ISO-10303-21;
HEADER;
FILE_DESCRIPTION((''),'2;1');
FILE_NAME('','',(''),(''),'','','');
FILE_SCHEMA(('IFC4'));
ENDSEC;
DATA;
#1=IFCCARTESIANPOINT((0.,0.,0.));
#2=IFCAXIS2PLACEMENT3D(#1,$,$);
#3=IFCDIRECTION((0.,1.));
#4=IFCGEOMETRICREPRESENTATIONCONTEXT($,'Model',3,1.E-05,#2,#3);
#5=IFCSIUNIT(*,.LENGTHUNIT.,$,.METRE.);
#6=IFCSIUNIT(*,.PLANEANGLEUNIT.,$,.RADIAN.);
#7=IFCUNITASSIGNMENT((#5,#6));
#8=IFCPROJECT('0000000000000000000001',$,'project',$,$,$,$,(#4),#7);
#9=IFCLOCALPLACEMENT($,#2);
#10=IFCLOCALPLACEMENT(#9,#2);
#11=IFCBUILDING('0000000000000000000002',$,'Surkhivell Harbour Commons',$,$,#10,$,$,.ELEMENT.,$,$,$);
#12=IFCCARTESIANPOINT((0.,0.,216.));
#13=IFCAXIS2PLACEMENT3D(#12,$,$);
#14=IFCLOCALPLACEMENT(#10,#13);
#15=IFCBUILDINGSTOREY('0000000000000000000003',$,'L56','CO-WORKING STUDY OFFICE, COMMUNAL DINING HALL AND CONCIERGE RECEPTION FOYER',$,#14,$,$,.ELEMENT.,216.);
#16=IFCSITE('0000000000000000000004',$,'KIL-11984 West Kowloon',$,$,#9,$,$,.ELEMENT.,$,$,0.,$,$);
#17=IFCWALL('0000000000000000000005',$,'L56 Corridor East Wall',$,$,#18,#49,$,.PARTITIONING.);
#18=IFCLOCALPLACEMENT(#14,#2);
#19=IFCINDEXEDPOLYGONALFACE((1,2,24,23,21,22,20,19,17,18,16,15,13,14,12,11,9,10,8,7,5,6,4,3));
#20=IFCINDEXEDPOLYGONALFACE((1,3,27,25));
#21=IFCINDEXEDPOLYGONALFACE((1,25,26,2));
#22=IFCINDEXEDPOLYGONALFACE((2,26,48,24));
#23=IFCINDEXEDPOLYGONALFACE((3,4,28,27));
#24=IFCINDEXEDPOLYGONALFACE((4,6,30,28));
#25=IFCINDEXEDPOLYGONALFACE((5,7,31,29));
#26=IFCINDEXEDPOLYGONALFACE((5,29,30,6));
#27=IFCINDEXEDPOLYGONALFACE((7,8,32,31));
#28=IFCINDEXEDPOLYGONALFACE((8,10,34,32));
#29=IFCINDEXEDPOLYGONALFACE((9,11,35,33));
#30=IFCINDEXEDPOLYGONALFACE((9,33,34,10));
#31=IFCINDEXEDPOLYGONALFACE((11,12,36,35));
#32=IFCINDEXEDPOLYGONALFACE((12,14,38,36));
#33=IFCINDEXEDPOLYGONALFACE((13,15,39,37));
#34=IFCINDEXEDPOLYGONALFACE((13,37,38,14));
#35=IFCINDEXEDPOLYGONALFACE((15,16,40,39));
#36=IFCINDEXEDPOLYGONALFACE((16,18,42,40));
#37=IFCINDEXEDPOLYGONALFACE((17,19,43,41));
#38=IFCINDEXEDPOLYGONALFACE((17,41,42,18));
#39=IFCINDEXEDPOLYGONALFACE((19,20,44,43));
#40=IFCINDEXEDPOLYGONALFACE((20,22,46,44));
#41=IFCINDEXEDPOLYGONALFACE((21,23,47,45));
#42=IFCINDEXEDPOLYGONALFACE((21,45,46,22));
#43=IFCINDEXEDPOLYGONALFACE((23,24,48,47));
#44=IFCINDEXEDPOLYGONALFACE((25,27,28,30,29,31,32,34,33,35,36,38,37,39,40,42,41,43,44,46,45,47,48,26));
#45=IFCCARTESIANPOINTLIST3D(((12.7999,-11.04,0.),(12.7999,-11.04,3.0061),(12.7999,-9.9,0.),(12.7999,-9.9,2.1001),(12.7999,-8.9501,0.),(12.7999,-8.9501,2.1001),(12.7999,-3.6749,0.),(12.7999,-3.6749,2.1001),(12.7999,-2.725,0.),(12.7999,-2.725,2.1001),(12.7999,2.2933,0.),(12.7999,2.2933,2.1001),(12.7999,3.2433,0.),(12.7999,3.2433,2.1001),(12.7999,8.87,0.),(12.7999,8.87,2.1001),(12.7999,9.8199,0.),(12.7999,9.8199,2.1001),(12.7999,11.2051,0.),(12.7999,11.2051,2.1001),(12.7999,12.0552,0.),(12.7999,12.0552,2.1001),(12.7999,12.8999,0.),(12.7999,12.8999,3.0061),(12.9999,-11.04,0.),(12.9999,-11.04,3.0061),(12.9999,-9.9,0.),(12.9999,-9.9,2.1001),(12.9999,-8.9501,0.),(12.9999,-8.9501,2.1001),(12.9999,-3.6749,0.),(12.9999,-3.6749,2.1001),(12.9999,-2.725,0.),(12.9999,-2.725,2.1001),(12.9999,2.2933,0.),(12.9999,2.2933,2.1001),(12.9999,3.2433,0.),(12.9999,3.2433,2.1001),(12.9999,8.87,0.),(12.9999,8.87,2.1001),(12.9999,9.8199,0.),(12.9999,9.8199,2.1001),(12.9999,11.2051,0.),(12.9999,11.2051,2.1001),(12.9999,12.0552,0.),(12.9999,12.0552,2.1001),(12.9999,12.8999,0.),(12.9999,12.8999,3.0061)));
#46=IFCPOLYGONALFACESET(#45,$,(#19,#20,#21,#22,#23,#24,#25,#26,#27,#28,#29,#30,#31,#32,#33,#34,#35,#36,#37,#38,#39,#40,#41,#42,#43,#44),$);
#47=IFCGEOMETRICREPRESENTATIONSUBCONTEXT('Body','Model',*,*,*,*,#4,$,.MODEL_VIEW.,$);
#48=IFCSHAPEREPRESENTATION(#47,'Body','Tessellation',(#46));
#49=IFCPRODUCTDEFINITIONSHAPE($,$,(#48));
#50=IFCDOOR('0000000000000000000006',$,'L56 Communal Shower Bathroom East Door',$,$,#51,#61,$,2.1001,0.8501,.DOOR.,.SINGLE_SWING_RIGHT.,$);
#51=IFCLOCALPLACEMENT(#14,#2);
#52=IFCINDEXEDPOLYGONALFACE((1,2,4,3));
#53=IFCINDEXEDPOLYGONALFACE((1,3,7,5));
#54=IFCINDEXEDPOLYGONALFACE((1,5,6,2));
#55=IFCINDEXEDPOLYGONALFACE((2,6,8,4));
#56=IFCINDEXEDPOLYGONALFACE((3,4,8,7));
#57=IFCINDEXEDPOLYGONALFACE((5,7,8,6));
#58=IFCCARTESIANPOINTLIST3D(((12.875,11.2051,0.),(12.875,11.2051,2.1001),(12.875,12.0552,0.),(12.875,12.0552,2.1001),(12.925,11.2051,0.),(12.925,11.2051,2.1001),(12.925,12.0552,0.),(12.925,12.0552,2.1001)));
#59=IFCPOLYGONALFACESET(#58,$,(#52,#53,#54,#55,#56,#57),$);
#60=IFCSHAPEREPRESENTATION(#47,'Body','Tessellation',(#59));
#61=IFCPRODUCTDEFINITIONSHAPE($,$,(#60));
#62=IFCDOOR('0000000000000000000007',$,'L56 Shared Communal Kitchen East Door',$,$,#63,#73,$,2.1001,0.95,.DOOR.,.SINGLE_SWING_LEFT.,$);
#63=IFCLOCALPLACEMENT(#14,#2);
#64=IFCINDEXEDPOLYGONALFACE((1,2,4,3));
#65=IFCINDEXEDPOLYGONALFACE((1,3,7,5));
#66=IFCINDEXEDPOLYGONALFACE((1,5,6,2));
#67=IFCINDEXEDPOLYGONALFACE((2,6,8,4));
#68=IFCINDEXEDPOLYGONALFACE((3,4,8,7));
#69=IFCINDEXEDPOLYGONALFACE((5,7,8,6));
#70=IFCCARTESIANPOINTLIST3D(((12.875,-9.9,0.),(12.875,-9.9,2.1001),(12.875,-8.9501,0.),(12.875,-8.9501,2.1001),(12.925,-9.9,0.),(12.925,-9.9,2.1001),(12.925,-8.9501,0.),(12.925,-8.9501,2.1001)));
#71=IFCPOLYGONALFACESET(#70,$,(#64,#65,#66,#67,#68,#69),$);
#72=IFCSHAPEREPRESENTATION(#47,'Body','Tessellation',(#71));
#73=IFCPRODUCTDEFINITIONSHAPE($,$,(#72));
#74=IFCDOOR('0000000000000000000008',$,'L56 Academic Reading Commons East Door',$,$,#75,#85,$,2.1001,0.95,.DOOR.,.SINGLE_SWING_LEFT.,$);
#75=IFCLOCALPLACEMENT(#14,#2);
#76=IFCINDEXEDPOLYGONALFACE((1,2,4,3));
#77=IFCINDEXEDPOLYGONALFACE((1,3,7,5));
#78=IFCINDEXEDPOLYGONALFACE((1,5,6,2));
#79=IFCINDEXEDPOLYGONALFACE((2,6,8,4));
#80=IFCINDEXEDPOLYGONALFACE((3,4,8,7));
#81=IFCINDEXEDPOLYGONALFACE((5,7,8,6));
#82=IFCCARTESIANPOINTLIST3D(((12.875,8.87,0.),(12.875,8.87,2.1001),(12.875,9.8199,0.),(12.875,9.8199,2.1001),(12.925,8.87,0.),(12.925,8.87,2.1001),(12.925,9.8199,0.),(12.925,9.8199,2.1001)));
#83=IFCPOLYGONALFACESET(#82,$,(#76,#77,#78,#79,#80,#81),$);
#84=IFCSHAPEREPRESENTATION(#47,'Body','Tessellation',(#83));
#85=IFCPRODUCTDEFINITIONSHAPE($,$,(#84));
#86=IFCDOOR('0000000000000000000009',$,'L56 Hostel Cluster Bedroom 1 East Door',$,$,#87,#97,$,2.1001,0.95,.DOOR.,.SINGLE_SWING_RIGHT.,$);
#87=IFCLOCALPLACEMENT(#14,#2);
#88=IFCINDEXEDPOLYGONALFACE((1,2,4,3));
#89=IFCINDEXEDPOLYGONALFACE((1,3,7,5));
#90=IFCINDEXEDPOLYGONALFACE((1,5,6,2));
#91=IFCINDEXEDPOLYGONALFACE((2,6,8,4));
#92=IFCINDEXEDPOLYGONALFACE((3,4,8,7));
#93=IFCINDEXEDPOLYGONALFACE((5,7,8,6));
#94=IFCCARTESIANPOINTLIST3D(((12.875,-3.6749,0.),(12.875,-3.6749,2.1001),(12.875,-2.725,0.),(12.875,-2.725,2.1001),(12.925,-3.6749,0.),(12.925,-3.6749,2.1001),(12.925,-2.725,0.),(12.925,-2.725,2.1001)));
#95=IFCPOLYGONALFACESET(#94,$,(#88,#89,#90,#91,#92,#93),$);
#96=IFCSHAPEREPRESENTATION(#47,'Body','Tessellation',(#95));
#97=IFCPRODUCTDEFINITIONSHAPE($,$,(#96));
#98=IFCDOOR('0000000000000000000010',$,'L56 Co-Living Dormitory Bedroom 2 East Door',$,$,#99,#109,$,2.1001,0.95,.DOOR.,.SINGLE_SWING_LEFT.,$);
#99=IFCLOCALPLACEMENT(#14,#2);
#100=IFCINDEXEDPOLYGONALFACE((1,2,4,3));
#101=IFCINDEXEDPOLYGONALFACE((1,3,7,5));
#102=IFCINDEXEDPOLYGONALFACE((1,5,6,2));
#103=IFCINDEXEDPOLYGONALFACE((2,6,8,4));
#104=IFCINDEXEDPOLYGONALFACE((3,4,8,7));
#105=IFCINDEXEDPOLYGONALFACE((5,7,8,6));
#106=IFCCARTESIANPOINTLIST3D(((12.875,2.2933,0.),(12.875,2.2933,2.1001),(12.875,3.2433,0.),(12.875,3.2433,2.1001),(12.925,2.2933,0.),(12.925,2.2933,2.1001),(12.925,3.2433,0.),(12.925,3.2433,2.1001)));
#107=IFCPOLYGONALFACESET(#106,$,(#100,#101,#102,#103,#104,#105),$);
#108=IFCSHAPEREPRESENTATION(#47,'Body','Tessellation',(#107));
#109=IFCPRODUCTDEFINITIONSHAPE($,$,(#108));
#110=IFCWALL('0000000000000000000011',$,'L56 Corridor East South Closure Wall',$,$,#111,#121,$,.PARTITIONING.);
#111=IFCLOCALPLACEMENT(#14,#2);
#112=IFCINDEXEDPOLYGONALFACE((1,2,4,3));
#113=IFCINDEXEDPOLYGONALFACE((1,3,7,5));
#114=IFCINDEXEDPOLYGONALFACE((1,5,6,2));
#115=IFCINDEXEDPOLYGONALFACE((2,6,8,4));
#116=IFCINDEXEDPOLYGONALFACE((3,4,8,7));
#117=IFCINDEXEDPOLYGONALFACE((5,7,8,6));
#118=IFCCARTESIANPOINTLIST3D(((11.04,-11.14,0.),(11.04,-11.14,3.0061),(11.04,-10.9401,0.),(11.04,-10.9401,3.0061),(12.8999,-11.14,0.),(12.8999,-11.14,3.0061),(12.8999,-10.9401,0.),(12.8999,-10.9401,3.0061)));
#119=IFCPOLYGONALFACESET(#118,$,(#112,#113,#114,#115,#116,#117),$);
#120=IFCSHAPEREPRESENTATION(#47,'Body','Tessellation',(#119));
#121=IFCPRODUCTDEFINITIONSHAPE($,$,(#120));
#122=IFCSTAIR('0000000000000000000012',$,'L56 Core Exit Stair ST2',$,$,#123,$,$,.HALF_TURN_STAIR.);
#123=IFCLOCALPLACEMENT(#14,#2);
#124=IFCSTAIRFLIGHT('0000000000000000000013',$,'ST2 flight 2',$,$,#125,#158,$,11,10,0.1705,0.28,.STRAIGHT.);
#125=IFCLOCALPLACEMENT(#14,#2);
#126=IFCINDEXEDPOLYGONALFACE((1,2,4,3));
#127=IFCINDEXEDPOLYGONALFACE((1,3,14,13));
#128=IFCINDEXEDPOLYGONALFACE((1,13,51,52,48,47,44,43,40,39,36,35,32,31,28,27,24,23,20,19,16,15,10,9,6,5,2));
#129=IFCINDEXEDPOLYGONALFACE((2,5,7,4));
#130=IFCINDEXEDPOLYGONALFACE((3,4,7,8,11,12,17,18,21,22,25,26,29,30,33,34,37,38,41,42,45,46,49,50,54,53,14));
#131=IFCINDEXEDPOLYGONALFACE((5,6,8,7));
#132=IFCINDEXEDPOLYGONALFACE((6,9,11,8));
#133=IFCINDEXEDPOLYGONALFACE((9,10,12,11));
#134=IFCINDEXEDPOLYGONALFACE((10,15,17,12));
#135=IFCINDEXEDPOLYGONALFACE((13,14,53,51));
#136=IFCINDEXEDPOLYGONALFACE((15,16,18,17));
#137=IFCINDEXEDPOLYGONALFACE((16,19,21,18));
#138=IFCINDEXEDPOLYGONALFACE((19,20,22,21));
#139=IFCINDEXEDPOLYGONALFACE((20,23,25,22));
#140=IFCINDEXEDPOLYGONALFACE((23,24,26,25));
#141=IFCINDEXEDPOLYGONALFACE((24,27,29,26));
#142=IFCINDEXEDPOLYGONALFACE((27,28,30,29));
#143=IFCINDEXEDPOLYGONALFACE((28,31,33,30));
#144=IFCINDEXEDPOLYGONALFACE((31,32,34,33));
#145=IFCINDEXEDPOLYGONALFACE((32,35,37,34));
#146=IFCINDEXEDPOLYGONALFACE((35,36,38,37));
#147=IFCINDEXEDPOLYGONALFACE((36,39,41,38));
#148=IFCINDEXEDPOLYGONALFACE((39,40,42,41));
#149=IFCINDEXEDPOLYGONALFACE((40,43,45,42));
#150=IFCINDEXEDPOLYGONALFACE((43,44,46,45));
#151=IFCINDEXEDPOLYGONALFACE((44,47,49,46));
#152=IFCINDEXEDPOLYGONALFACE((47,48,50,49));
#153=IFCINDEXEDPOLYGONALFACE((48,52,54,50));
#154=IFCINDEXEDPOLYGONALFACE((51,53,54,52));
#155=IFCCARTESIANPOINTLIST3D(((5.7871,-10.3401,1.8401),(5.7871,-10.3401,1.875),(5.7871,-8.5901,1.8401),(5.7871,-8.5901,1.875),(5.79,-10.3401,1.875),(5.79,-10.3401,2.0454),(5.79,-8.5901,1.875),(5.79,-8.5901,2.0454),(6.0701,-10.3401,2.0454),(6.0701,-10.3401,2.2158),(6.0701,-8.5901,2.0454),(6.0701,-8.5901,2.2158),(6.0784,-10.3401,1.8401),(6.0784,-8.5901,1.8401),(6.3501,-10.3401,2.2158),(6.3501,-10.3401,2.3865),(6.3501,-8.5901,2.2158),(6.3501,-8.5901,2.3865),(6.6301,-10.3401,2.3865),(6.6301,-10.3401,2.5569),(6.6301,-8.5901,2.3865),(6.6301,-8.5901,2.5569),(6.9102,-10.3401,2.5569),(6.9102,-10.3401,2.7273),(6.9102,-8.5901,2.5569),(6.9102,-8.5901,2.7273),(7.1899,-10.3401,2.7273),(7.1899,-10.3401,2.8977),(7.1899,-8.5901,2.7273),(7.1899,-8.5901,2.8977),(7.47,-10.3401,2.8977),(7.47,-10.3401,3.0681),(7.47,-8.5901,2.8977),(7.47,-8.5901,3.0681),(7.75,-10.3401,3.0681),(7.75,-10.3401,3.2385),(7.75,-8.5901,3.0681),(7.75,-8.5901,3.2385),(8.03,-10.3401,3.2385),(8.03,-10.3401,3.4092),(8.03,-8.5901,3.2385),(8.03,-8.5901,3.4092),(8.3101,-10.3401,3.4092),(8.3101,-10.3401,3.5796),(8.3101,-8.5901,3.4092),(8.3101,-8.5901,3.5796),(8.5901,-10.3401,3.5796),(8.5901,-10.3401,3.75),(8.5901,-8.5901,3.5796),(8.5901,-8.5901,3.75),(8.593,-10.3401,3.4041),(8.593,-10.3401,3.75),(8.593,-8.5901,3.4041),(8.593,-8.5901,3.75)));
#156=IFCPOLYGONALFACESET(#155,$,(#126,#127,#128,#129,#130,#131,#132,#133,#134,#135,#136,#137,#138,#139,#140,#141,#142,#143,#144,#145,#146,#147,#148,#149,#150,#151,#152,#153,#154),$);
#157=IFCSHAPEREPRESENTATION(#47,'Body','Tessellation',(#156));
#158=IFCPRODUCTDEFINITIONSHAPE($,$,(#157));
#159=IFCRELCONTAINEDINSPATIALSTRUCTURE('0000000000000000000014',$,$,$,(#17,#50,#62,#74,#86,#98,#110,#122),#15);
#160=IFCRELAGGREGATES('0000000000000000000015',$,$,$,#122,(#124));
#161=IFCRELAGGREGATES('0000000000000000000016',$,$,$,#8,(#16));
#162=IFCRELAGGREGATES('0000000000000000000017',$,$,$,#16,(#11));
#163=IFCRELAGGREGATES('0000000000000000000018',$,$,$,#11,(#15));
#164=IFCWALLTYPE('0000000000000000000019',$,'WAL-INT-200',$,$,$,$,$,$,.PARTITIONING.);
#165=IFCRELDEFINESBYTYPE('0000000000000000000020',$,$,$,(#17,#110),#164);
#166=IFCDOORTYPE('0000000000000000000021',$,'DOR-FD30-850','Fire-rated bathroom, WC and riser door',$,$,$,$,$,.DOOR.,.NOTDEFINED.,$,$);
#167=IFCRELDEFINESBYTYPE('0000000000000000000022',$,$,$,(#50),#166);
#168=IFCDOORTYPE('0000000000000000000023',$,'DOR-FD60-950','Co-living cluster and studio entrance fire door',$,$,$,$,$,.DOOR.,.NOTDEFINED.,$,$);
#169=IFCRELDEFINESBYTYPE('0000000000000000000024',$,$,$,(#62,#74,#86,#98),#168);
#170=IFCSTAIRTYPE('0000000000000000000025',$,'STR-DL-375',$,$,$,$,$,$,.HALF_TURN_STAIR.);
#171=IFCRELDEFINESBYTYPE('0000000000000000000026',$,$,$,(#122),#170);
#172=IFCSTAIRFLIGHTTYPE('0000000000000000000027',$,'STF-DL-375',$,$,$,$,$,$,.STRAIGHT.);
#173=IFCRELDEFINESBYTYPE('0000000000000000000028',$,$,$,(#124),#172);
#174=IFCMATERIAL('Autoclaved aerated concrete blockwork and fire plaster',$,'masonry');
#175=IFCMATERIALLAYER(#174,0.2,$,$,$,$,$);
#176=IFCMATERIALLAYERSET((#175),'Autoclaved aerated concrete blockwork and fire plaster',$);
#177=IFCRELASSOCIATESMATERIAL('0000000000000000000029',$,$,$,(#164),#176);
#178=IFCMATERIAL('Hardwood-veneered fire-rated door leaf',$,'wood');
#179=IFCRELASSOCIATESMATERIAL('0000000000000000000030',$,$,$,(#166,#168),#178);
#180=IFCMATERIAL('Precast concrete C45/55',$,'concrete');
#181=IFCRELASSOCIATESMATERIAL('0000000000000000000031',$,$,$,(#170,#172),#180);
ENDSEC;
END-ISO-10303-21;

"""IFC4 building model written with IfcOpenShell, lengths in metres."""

from ifc_helpers import new_model, si_unit, direction, frame, frame_2d, origin, place, context, subcontext, project, spatial, polyline, rectangle, outline, extrude, material, layer, layer_set, type_object, element, fill, aggregate, save


model = new_model("IFC4")

# Units and contexts
model_context = context("Model", 3, precision=1e-05, world=origin(), true_north=direction((0.0, 1.0)))
body_context = subcontext(model_context, "Body", "Model", "MODEL_VIEW")
ifc_project = project(units=[si_unit("LENGTHUNIT", "METRE"), si_unit("PLANEANGLEUNIT", "RADIAN")], contexts=[model_context])

# Site, building, storey
site_placement = place(None, origin())
site = spatial("IfcSite", under=ifc_project, at=site_placement, Name="KIL-11984 West Kowloon", CompositionType="ELEMENT", RefElevation=0.0)
building_placement = place(site_placement, origin())
building = spatial("IfcBuilding", under=site, at=building_placement, Name="Surkhivell Harbour Commons", CompositionType="ELEMENT")
storey_placement = place(building_placement, frame((0.0, 0.0, 216.0)))
storey = spatial("IfcBuildingStorey", under=building, at=storey_placement, Name="L56", Description="CO-WORKING STUDY OFFICE, COMMUNAL DINING HALL AND CONCIERGE RECEPTION FOYER", CompositionType="ELEMENT", Elevation=216.0)

# Wall, openings, doors
ifc_material_1 = material(Name="Autoclaved aerated concrete blockwork and fire plaster", Category="masonry")
ifc_layer_1 = layer(ifc_material_1, 0.2)
ifc_layer_set_1 = layer_set([ifc_layer_1], Name="Autoclaved aerated concrete blockwork and fire plaster")
wall_type_1 = type_object("IfcWallType", Name="WAL-INT-200", PredefinedType="PARTITIONING", material=ifc_layer_set_1)
wall_1_placement = place(storey_placement, frame((12.8999, -11.04, 0.0), z_axis=(0.0, 0.0, 1.0), x_axis=(0.0, 1.0, 0.0)))
wall_1 = element("IfcWall", 1, at=wall_1_placement, inside=storey, type_object=wall_type_1, Name="L56 Corridor East Wall", PredefinedType="PARTITIONING", context=body_context, shape_type="SweptSolid", body=[
    extrude(rectangle(XDim=23.9399, YDim=0.2, at=frame_2d((11.97, 0.0))), origin(), (0.0, 0.0, 1.0), 3.0061),
])
opening_1_placement = place(wall_1_placement, frame((1.1399, 0.0, 0.0)))
opening_1 = element("IfcOpeningElement", 2, at=opening_1_placement, cuts=wall_1, PredefinedType="OPENING", context=body_context, shape_type="SweptSolid", body=[
    extrude(rectangle(XDim=0.95, YDim=2.1001, at=frame_2d((0.4751, 1.05))), frame((0.0, 0.1099, 0.0), z_axis=(0.0, -1.0, 0.0), x_axis=(1.0, 0.0, 0.0)), (0.0, 0.0, 1.0), 0.22),
])
opening_2_placement = place(wall_1_placement, frame((22.2451, 0.0, 0.0)))
opening_2 = element("IfcOpeningElement", 3, at=opening_2_placement, cuts=wall_1, PredefinedType="OPENING", context=body_context, shape_type="SweptSolid", body=[
    extrude(rectangle(XDim=0.8501, YDim=2.1001, at=frame_2d((0.425, 1.05))), frame((0.0, 0.1099, 0.0), z_axis=(0.0, -1.0, 0.0), x_axis=(1.0, 0.0, 0.0)), (0.0, 0.0, 1.0), 0.22),
])
opening_3_placement = place(wall_1_placement, frame((19.9099, 0.0, 0.0)))
opening_3 = element("IfcOpeningElement", 4, at=opening_3_placement, cuts=wall_1, PredefinedType="OPENING", context=body_context, shape_type="SweptSolid", body=[
    extrude(rectangle(XDim=0.95, YDim=2.1001, at=frame_2d((0.4751, 1.05))), frame((0.0, 0.1099, 0.0), z_axis=(0.0, -1.0, 0.0), x_axis=(1.0, 0.0, 0.0)), (0.0, 0.0, 1.0), 0.22),
])
opening_4_placement = place(wall_1_placement, frame((7.365, 0.0, 0.0)))
opening_4 = element("IfcOpeningElement", 5, at=opening_4_placement, cuts=wall_1, PredefinedType="OPENING", context=body_context, shape_type="SweptSolid", body=[
    extrude(rectangle(XDim=0.95, YDim=2.1001, at=frame_2d((0.4751, 1.05))), frame((0.0, 0.1099, 0.0), z_axis=(0.0, -1.0, 0.0), x_axis=(1.0, 0.0, 0.0)), (0.0, 0.0, 1.0), 0.22),
])
opening_5_placement = place(wall_1_placement, frame((13.3333, 0.0, 0.0)))
opening_5 = element("IfcOpeningElement", 6, at=opening_5_placement, cuts=wall_1, PredefinedType="OPENING", context=body_context, shape_type="SweptSolid", body=[
    extrude(rectangle(XDim=0.95, YDim=2.1001, at=frame_2d((0.4751, 1.05))), frame((0.0, 0.1099, 0.0), z_axis=(0.0, -1.0, 0.0), x_axis=(1.0, 0.0, 0.0)), (0.0, 0.0, 1.0), 0.22),
])
ifc_material_2 = material(Name="Hardwood-veneered fire-rated door leaf", Category="wood")
door_type_1 = type_object("IfcDoorType", Name="DOR-FD30-850", Description="Fire-rated bathroom, WC and riser door", OperationType="NOTDEFINED", PredefinedType="DOOR", material=ifc_material_2)
door_1_placement = place(opening_2_placement, origin())
door_1 = element("IfcDoor", 7, at=door_1_placement, inside=storey, type_object=door_type_1, Name="L56 Communal Shower Bathroom East Door", OperationType="SINGLE_SWING_RIGHT", OverallHeight=2.1001, OverallWidth=0.8501, PredefinedType="DOOR", context=body_context, shape_type="SweptSolid", body=[
    extrude(rectangle(XDim=0.8501, YDim=2.1001, at=frame_2d((0.425, 1.05))), frame((0.0, 0.0249, 0.0), z_axis=(0.0, -1.0, 0.0), x_axis=(1.0, 0.0, 0.0)), (0.0, 0.0, 1.0), 0.05),
])
fill(opening_2, door_1)
door_type_2 = type_object("IfcDoorType", Name="DOR-FD60-950", Description="Co-living cluster and studio entrance fire door", OperationType="NOTDEFINED", PredefinedType="DOOR", material=ifc_material_2)
door_2_placement = place(opening_1_placement, origin())
door_2 = element("IfcDoor", 8, at=door_2_placement, inside=storey, type_object=door_type_2, Name="L56 Shared Communal Kitchen East Door", OperationType="SINGLE_SWING_LEFT", OverallHeight=2.1001, OverallWidth=0.95, PredefinedType="DOOR", context=body_context, shape_type="SweptSolid", body=[
    extrude(rectangle(XDim=0.95, YDim=2.1001, at=frame_2d((0.4751, 1.05))), frame((0.0, 0.0249, 0.0), z_axis=(0.0, -1.0, 0.0), x_axis=(1.0, 0.0, 0.0)), (0.0, 0.0, 1.0), 0.05),
])
fill(opening_1, door_2)
door_3_placement = place(opening_3_placement, origin())
door_3 = element("IfcDoor", 9, at=door_3_placement, inside=storey, type_object=door_type_2, Name="L56 Academic Reading Commons East Door", OperationType="SINGLE_SWING_LEFT", OverallHeight=2.1001, OverallWidth=0.95, PredefinedType="DOOR", context=body_context, shape_type="SweptSolid", body=[
    extrude(rectangle(XDim=0.95, YDim=2.1001, at=frame_2d((0.4751, 1.05))), frame((0.0, 0.0249, 0.0), z_axis=(0.0, -1.0, 0.0), x_axis=(1.0, 0.0, 0.0)), (0.0, 0.0, 1.0), 0.05),
])
fill(opening_3, door_3)
door_4_placement = place(opening_4_placement, origin())
door_4 = element("IfcDoor", 10, at=door_4_placement, inside=storey, type_object=door_type_2, Name="L56 Hostel Cluster Bedroom 1 East Door", OperationType="SINGLE_SWING_RIGHT", OverallHeight=2.1001, OverallWidth=0.95, PredefinedType="DOOR", context=body_context, shape_type="SweptSolid", body=[
    extrude(rectangle(XDim=0.95, YDim=2.1001, at=frame_2d((0.4751, 1.05))), frame((0.0, 0.0249, 0.0), z_axis=(0.0, -1.0, 0.0), x_axis=(1.0, 0.0, 0.0)), (0.0, 0.0, 1.0), 0.05),
])
fill(opening_4, door_4)
door_5_placement = place(opening_5_placement, origin())
door_5 = element("IfcDoor", 11, at=door_5_placement, inside=storey, type_object=door_type_2, Name="L56 Co-Living Dormitory Bedroom 2 East Door", OperationType="SINGLE_SWING_LEFT", OverallHeight=2.1001, OverallWidth=0.95, PredefinedType="DOOR", context=body_context, shape_type="SweptSolid", body=[
    extrude(rectangle(XDim=0.95, YDim=2.1001, at=frame_2d((0.4751, 1.05))), frame((0.0, 0.0249, 0.0), z_axis=(0.0, -1.0, 0.0), x_axis=(1.0, 0.0, 0.0)), (0.0, 0.0, 1.0), 0.05),
])
fill(opening_5, door_5)

# Wall
wall_2_placement = place(storey_placement, frame((11.04, -11.04, 0.0), z_axis=(0.0, 0.0, 1.0), x_axis=(1.0, 0.0, 0.0)))
element("IfcWall", 12, at=wall_2_placement, inside=storey, type_object=wall_type_1, Name="L56 Corridor East South Closure Wall", PredefinedType="PARTITIONING", context=body_context, shape_type="SweptSolid", body=[
    extrude(rectangle(XDim=1.8599, YDim=0.2, at=frame_2d((0.9299, 0.0))), origin(), (0.0, 0.0, 1.0), 3.0061),
])

# Stair, stair flight
ifc_material_3 = material(Name="Precast concrete C45/55", Category="concrete")
stair_type = type_object("IfcStairType", Name="STR-DL-375", PredefinedType="HALF_TURN_STAIR", material=ifc_material_3)
stair_placement = place(storey_placement, origin())
stair = element("IfcStair", 13, at=stair_placement, inside=storey, type_object=stair_type, Name="L56 Core Exit Stair ST2", PredefinedType="HALF_TURN_STAIR")
stair_flight_type = type_object("IfcStairFlightType", Name="STF-DL-375", PredefinedType="STRAIGHT", material=ifc_material_3)
stair_flight_placement = place(storey_placement, frame((5.79, -9.4651, 1.875), z_axis=(0.0, 0.0, 1.0), x_axis=(1.0, 0.0, 0.0)))
stair_flight = element("IfcStairFlight", 14, at=stair_flight_placement, type_object=stair_flight_type, Name="ST2 flight 2", NumberOfRisers=11, NumberOfTreads=10, PredefinedType="STRAIGHT", RiserHeight=0.1705, TreadLength=0.28, context=body_context, shape_type="SweptSolid", body=[
    extrude(outline(polyline([(-0.0029, -0.0349), (-0.0029, 0.0), (0.0, 0.0), (0.0, 0.1704), (0.28, 0.1704), (0.28, 0.3408), (0.5601, 0.3408), (0.5601, 0.5115), (0.8401, 0.5115), (0.8401, 0.6819), (1.1201, 0.6819), (1.1201, 0.8523), (1.3999, 0.8523), (1.3999, 1.0227), (1.6799, 1.0227), (1.6799, 1.1931), (1.96, 1.1931), (1.96, 1.3635), (2.24, 1.3635), (2.24, 1.5342), (2.52, 1.5342), (2.52, 1.7046), (2.8, 1.7046), (2.8, 1.875), (2.803, 1.875), (2.803, 1.5291), (0.2883, -0.0349), (-0.0029, -0.0349)])), frame((0.0, 0.875, 0.0), z_axis=(0.0, -1.0, 0.0), x_axis=(1.0, 0.0, 0.0)), (0.0, 0.0, 1.0), 1.75),
])
aggregate(stair, [stair_flight])

save(model, "model.ifc")
